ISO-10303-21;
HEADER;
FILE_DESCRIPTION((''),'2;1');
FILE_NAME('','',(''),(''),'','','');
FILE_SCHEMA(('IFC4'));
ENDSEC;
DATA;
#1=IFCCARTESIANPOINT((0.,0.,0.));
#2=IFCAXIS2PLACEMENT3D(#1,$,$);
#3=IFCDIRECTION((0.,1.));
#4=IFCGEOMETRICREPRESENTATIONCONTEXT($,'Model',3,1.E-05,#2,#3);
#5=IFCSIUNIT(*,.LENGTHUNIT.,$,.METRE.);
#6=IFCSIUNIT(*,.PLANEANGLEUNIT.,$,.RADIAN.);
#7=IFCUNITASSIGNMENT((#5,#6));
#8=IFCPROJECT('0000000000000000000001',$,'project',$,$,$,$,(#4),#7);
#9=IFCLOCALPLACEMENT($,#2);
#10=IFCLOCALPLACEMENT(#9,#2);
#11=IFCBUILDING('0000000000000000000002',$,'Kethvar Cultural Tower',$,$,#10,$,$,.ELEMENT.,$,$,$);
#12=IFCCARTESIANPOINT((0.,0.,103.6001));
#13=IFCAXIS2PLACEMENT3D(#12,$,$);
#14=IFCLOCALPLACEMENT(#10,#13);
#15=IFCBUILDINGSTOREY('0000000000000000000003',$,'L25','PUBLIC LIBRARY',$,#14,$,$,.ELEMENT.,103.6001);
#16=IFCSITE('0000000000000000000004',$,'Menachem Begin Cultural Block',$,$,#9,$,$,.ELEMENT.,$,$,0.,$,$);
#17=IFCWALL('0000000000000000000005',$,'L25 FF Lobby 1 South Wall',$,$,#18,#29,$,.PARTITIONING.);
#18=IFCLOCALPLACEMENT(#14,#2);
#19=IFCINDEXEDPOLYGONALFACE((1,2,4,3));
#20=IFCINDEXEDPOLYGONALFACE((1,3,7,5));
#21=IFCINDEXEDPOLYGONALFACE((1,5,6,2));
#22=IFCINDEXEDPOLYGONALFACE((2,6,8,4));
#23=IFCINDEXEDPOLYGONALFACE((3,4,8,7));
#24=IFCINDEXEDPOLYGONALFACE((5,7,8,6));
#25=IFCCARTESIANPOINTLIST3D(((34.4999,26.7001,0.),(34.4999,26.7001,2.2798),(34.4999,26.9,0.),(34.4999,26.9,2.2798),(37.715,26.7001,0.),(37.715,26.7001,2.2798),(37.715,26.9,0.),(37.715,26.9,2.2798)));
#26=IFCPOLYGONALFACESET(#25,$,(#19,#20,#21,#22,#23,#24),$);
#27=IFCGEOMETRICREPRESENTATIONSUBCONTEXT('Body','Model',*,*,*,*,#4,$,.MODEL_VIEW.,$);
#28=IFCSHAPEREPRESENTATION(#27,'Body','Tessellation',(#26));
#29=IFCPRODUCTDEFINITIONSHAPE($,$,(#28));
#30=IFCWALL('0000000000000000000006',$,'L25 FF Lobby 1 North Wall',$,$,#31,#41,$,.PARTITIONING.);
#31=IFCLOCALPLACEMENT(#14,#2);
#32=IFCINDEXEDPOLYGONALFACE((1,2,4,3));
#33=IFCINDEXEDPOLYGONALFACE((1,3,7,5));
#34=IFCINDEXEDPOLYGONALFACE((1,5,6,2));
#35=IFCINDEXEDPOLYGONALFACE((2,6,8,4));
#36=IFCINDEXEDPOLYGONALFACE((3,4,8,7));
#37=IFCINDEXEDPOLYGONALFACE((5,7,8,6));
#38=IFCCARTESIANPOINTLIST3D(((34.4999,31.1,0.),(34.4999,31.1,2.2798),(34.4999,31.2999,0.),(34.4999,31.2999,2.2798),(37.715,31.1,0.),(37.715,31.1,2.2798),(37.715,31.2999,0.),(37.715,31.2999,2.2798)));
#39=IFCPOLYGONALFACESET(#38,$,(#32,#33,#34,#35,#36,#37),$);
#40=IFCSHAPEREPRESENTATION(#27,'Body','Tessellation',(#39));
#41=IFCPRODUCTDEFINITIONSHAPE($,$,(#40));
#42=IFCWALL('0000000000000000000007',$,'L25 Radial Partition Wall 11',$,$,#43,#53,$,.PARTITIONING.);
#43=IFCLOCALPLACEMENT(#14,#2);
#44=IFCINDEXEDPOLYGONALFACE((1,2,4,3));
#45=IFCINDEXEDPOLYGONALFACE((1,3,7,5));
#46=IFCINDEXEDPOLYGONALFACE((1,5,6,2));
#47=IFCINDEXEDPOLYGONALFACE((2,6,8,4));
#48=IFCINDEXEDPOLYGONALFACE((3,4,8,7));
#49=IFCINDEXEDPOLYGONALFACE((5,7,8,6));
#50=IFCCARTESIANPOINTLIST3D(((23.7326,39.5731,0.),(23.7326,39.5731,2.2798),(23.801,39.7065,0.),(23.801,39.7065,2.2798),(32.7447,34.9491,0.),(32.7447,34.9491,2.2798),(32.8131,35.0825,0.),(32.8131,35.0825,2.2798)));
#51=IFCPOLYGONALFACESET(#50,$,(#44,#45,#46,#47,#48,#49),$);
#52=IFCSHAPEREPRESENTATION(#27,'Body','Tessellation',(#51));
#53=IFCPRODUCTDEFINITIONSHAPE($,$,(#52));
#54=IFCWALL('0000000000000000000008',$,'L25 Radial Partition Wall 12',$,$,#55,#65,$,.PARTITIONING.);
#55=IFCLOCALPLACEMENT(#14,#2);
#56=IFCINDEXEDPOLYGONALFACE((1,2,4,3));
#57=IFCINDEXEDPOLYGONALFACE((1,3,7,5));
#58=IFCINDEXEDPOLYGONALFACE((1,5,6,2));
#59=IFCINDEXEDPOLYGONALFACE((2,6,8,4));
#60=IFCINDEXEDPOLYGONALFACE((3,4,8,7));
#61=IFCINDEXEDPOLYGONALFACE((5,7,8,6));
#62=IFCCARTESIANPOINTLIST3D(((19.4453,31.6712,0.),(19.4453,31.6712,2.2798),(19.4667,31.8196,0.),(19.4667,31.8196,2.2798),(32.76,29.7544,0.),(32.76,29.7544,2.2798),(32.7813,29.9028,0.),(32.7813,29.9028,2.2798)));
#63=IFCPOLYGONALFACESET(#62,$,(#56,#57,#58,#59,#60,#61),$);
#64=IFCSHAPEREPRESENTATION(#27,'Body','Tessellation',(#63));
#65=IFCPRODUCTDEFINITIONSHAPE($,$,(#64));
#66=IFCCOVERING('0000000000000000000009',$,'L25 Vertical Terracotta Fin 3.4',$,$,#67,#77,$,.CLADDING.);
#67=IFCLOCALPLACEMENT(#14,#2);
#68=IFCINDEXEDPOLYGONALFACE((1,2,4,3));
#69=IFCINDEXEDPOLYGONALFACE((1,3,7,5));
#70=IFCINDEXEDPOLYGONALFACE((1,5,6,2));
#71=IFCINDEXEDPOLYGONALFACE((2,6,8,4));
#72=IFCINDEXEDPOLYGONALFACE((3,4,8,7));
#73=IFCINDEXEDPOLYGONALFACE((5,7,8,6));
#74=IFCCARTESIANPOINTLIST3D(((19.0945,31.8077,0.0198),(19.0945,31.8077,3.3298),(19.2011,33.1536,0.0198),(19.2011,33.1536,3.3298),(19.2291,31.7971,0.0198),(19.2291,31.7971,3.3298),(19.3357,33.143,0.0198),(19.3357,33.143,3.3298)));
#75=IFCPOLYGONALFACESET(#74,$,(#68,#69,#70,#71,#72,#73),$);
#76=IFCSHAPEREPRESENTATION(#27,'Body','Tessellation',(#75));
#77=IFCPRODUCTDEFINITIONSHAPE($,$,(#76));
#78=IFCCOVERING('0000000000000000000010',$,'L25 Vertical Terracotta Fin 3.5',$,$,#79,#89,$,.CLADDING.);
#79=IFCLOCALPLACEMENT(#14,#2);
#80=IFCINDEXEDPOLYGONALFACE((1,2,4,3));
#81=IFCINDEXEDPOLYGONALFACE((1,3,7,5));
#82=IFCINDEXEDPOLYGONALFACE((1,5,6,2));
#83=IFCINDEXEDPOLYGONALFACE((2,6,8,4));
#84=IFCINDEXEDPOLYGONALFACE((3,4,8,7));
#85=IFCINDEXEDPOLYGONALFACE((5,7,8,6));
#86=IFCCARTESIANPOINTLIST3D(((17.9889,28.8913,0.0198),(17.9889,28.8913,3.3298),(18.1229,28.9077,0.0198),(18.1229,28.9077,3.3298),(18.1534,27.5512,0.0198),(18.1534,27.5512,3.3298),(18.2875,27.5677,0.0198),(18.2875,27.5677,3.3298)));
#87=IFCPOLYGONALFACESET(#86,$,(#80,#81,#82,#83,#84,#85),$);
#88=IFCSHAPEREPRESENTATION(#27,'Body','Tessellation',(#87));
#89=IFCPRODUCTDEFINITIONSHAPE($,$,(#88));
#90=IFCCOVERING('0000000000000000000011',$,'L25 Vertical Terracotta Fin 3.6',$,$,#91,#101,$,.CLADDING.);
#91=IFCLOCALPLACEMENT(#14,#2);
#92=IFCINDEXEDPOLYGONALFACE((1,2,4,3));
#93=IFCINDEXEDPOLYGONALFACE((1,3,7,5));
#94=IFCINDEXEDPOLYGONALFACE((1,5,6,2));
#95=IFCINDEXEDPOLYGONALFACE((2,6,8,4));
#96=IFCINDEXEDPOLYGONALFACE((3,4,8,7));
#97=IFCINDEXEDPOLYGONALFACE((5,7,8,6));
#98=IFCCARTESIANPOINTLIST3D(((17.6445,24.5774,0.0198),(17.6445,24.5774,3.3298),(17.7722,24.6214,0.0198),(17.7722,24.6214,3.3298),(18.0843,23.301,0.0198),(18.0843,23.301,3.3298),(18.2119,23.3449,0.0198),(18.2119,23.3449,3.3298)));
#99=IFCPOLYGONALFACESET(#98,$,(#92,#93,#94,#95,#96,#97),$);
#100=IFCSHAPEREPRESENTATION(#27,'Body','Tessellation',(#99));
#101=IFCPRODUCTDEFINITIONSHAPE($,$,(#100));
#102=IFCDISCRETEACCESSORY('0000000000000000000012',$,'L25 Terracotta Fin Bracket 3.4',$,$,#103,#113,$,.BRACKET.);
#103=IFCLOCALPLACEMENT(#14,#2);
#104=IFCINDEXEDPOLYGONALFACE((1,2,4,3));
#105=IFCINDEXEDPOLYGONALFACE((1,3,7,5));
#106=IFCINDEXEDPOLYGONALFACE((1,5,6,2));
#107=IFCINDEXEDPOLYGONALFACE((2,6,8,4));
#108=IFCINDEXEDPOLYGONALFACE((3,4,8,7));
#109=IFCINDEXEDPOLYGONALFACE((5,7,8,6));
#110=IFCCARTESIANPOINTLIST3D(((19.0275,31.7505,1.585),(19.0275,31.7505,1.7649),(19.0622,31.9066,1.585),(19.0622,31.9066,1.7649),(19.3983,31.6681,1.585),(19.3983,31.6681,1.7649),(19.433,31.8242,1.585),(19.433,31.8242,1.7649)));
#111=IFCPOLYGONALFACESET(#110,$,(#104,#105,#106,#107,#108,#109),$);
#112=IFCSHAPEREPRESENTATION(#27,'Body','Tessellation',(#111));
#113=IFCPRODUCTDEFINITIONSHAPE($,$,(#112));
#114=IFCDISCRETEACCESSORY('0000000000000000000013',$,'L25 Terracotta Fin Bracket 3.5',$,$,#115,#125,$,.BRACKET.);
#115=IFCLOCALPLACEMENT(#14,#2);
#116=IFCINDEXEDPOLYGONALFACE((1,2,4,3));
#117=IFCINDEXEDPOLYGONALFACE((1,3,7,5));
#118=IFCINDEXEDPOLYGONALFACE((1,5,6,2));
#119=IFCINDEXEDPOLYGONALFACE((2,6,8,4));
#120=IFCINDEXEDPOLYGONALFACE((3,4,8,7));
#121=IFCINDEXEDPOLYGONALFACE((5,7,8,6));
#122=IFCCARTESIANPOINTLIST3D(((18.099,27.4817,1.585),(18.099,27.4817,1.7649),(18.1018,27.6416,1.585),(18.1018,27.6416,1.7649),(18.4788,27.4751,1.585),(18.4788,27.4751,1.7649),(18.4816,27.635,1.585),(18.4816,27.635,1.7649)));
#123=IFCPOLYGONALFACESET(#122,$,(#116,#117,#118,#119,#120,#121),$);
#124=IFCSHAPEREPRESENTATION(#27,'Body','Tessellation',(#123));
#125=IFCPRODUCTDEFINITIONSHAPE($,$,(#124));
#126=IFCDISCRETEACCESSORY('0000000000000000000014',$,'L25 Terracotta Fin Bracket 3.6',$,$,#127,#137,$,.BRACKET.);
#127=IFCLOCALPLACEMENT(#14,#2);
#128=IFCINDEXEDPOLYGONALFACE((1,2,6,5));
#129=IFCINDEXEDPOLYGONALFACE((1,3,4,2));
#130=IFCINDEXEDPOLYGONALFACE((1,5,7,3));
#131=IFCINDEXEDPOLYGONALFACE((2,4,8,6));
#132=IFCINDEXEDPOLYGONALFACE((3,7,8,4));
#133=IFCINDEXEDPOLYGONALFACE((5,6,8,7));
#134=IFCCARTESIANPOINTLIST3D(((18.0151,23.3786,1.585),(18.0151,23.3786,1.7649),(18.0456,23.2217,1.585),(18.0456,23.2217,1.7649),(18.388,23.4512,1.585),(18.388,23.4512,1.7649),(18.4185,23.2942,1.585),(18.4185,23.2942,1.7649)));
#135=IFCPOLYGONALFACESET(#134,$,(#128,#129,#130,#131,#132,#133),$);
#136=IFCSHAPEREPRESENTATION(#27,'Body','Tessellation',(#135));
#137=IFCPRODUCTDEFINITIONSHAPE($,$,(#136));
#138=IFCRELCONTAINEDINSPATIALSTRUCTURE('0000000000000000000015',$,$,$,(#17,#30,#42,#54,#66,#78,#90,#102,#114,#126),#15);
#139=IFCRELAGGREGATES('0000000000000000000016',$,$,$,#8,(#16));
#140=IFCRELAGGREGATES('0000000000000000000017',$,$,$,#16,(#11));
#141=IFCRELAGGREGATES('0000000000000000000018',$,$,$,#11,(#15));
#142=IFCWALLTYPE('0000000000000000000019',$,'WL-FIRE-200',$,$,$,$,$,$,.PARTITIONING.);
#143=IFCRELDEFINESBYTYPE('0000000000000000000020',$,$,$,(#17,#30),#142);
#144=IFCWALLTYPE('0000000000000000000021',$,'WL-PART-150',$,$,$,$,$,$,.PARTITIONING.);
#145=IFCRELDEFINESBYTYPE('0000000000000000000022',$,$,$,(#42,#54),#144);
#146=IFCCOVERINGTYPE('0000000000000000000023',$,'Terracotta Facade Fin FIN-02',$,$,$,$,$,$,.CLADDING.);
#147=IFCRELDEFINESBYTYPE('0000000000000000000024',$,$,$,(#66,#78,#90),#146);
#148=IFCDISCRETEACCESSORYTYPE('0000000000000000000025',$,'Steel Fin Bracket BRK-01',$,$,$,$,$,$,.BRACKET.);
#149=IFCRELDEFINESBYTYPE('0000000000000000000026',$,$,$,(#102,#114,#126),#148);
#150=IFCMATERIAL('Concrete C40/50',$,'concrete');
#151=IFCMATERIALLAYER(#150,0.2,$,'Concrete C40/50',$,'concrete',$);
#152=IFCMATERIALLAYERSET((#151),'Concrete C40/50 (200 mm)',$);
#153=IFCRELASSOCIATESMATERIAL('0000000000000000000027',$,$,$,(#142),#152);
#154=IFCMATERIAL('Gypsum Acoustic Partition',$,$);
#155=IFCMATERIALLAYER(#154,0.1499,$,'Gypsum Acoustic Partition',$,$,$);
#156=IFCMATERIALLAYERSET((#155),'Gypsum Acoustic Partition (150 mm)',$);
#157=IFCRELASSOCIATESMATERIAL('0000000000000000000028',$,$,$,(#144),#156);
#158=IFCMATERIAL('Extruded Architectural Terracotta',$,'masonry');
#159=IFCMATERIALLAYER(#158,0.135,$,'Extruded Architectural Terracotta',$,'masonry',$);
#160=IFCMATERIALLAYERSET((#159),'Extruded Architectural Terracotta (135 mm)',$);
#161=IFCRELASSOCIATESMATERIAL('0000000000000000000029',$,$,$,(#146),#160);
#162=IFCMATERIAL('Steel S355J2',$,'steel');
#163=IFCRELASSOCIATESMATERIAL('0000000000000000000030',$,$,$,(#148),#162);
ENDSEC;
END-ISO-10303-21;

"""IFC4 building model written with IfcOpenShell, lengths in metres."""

from ifc_helpers import new_model, si_unit, direction, frame, frame_2d, origin, origin_2d, place, context, subcontext, project, spatial, rectangle, extrude, source, transform, mapped, material, layer, layer_set, type_object, element, save


model = new_model("IFC4")

# Units and contexts
model_context = context("Model", 3, precision=1e-05, world=origin(), true_north=direction((0.0, 1.0)))
body_context = subcontext(model_context, "Body", "Model", "MODEL_VIEW")
ifc_project = project(units=[si_unit("LENGTHUNIT", "METRE"), si_unit("PLANEANGLEUNIT", "RADIAN")], contexts=[model_context])

# Site, building, storey
site_placement = place(None, origin())
site = spatial("IfcSite", under=ifc_project, at=site_placement, Name="Menachem Begin Cultural Block", CompositionType="ELEMENT", RefElevation=0.0)
building_placement = place(site_placement, origin())
building = spatial("IfcBuilding", under=site, at=building_placement, Name="Kethvar Cultural Tower", CompositionType="ELEMENT")
storey_placement = place(building_placement, frame((0.0, 0.0, 103.6001)))
storey = spatial("IfcBuildingStorey", under=building, at=storey_placement, Name="L25", Description="PUBLIC LIBRARY", CompositionType="ELEMENT", Elevation=103.6001)

# Shared definitions
ifc_material_1 = material(Name="Steel S355J2", Category="steel")

# Shared definitions
ifc_material_2 = material(Name="Concrete C40/50", Category="concrete")
ifc_layer_1 = layer(ifc_material_2, 0.2, Name="Concrete C40/50", Category="concrete")
ifc_layer_set_1 = layer_set([ifc_layer_1], Name="Concrete C40/50 (200 mm)")
wall_type_1 = type_object("IfcWallType", Name="WL-FIRE-200", PredefinedType="PARTITIONING", material=ifc_layer_set_1)

# Walls
for number, where, z_axis, x_axis, name in (
    (1, (34.5, 26.8, 0.0), (0.0, 0.0, 1.0), (1.0, 0.0, 0.0), "L25 FF Lobby 1 South Wall"),
    (2, (34.5, 31.2, 0.0), (0.0, 0.0, 1.0), (1.0, 0.0, 0.0), "L25 FF Lobby 1 North Wall"),
):
    element("IfcWall", number, at=place(storey_placement, frame(where, z_axis=z_axis, x_axis=x_axis)), inside=storey, type_object=wall_type_1, Name=name, PredefinedType="PARTITIONING", context=body_context, shape_type="SweptSolid", body=[
        extrude(rectangle(XDim=3.2151, YDim=0.2, at=frame_2d((1.6074, 0.0))), origin(), (0.0, 0.0, 1.0), 2.2798),
    ])
ifc_material_3 = material(Name="Gypsum Acoustic Partition")
ifc_layer_2 = layer(ifc_material_3, 0.1499, Name="Gypsum Acoustic Partition")
ifc_layer_set_2 = layer_set([ifc_layer_2], Name="Gypsum Acoustic Partition (150 mm)")
wall_type_2 = type_object("IfcWallType", Name="WL-PART-150", PredefinedType="PARTITIONING", material=ifc_layer_set_2)
wall_1_placement = place(storey_placement, frame((32.7788, 35.0159, 0.0), z_axis=(0.0, 0.0, 1.0), x_axis=(-0.889722, 0.456503, 0.0)))
element("IfcWall", 3, at=wall_1_placement, inside=storey, type_object=wall_type_2, Name="L25 Radial Partition Wall 11", PredefinedType="PARTITIONING", context=body_context, shape_type="SweptSolid", body=[
    extrude(rectangle(XDim=10.1292, YDim=0.1499, at=frame_2d((5.0645, 0.0))), origin(), (0.0, 0.0, 1.0), 2.2798),
])
wall_2_placement = place(storey_placement, frame((32.7708, 29.8286, 0.0), z_axis=(0.0, 0.0, 1.0), x_axis=(-0.989796, 0.142488, 0.0)))
element("IfcWall", 4, at=wall_2_placement, inside=storey, type_object=wall_type_2, Name="L25 Radial Partition Wall 12", PredefinedType="PARTITIONING", context=body_context, shape_type="SweptSolid", body=[
    extrude(rectangle(XDim=13.4519, YDim=0.1499, at=frame_2d((6.7261, 0.0))), origin(), (0.0, 0.0, 1.0), 2.2798),
])

# Coverings
ifc_material_4 = material(Name="Extruded Architectural Terracotta", Category="masonry")
ifc_layer_3 = layer(ifc_material_4, 0.135, Name="Extruded Architectural Terracotta", Category="masonry")
ifc_layer_set_3 = layer_set([ifc_layer_3], Name="Extruded Architectural Terracotta (135 mm)")
covering_type = type_object("IfcCoveringType", Name="Terracotta Facade Fin FIN-02", PredefinedType="CLADDING", material=ifc_layer_set_3)
shared_shape_1 = source(origin(), body_context, "Body", "SweptSolid", [
    extrude(rectangle(XDim=1.3501, YDim=0.135, at=origin_2d()), origin(), (0.0, 0.0, 1.0), 3.3101),
])
for number, where, z_axis, x_axis, name in (
    (5, (19.2151, 32.4753, 0.0198), (0.0, 0.0, 1.0), (0.078981, 0.996876, 0.0), "L25 Vertical Terracotta Fin 3.4"),
    (6, (18.1382, 28.2295, 0.0198), (0.0, 0.0, 1.0), (-0.121869, 0.992546, 0.0), "L25 Vertical Terracotta Fin 3.5"),
    (7, (17.9282, 23.9612, 0.0198), (0.0, 0.0, 1.0), (-0.325733, 0.945462, 0.0), "L25 Vertical Terracotta Fin 3.6"),
):
    element("IfcCovering", number, at=place(storey_placement, frame(where, z_axis=z_axis, x_axis=x_axis)), inside=storey, type_object=covering_type, Name=name, PredefinedType="CLADDING", context=body_context, shape_type="MappedRepresentation", body=[
        mapped(shared_shape_1, transform((0.0, 0.0, 0.0), scale=1.0)),
    ])

# Discrete accessories
discrete_accessory_type = type_object("IfcDiscreteAccessoryType", Name="Steel Fin Bracket BRK-01", PredefinedType="BRACKET", material=ifc_material_1)
shared_shape_2 = source(origin(), body_context, "Body", "SweptSolid", [
    extrude(rectangle(XDim=0.3799, YDim=0.1599, at=origin_2d()), origin(), (0.0, 0.0, 1.0), 0.1799),
])
for number, where, z_axis, x_axis, name in (
    (8, (19.2302, 31.7874, 1.585), (0.0, 0.0, 1.0), (-0.976183, 0.216951, 0.0), "L25 Terracotta Fin Bracket 3.4"),
    (9, (18.2903, 27.5583, 1.585), (0.0, 0.0, 1.0), (-0.999848, 0.017452, 0.0), "L25 Terracotta Fin Bracket 3.5"),
    (10, (18.2168, 23.3364, 1.585), (0.0, 0.0, 1.0), (-0.981594, -0.19098, 0.0), "L25 Terracotta Fin Bracket 3.6"),
):
    element("IfcDiscreteAccessory", number, at=place(storey_placement, frame(where, z_axis=z_axis, x_axis=x_axis)), inside=storey, type_object=discrete_accessory_type, Name=name, PredefinedType="BRACKET", context=body_context, shape_type="MappedRepresentation", body=[
        mapped(shared_shape_2, transform((0.0, 0.0, 0.0), scale=1.0)),
    ])

save(model, "model.ifc")
